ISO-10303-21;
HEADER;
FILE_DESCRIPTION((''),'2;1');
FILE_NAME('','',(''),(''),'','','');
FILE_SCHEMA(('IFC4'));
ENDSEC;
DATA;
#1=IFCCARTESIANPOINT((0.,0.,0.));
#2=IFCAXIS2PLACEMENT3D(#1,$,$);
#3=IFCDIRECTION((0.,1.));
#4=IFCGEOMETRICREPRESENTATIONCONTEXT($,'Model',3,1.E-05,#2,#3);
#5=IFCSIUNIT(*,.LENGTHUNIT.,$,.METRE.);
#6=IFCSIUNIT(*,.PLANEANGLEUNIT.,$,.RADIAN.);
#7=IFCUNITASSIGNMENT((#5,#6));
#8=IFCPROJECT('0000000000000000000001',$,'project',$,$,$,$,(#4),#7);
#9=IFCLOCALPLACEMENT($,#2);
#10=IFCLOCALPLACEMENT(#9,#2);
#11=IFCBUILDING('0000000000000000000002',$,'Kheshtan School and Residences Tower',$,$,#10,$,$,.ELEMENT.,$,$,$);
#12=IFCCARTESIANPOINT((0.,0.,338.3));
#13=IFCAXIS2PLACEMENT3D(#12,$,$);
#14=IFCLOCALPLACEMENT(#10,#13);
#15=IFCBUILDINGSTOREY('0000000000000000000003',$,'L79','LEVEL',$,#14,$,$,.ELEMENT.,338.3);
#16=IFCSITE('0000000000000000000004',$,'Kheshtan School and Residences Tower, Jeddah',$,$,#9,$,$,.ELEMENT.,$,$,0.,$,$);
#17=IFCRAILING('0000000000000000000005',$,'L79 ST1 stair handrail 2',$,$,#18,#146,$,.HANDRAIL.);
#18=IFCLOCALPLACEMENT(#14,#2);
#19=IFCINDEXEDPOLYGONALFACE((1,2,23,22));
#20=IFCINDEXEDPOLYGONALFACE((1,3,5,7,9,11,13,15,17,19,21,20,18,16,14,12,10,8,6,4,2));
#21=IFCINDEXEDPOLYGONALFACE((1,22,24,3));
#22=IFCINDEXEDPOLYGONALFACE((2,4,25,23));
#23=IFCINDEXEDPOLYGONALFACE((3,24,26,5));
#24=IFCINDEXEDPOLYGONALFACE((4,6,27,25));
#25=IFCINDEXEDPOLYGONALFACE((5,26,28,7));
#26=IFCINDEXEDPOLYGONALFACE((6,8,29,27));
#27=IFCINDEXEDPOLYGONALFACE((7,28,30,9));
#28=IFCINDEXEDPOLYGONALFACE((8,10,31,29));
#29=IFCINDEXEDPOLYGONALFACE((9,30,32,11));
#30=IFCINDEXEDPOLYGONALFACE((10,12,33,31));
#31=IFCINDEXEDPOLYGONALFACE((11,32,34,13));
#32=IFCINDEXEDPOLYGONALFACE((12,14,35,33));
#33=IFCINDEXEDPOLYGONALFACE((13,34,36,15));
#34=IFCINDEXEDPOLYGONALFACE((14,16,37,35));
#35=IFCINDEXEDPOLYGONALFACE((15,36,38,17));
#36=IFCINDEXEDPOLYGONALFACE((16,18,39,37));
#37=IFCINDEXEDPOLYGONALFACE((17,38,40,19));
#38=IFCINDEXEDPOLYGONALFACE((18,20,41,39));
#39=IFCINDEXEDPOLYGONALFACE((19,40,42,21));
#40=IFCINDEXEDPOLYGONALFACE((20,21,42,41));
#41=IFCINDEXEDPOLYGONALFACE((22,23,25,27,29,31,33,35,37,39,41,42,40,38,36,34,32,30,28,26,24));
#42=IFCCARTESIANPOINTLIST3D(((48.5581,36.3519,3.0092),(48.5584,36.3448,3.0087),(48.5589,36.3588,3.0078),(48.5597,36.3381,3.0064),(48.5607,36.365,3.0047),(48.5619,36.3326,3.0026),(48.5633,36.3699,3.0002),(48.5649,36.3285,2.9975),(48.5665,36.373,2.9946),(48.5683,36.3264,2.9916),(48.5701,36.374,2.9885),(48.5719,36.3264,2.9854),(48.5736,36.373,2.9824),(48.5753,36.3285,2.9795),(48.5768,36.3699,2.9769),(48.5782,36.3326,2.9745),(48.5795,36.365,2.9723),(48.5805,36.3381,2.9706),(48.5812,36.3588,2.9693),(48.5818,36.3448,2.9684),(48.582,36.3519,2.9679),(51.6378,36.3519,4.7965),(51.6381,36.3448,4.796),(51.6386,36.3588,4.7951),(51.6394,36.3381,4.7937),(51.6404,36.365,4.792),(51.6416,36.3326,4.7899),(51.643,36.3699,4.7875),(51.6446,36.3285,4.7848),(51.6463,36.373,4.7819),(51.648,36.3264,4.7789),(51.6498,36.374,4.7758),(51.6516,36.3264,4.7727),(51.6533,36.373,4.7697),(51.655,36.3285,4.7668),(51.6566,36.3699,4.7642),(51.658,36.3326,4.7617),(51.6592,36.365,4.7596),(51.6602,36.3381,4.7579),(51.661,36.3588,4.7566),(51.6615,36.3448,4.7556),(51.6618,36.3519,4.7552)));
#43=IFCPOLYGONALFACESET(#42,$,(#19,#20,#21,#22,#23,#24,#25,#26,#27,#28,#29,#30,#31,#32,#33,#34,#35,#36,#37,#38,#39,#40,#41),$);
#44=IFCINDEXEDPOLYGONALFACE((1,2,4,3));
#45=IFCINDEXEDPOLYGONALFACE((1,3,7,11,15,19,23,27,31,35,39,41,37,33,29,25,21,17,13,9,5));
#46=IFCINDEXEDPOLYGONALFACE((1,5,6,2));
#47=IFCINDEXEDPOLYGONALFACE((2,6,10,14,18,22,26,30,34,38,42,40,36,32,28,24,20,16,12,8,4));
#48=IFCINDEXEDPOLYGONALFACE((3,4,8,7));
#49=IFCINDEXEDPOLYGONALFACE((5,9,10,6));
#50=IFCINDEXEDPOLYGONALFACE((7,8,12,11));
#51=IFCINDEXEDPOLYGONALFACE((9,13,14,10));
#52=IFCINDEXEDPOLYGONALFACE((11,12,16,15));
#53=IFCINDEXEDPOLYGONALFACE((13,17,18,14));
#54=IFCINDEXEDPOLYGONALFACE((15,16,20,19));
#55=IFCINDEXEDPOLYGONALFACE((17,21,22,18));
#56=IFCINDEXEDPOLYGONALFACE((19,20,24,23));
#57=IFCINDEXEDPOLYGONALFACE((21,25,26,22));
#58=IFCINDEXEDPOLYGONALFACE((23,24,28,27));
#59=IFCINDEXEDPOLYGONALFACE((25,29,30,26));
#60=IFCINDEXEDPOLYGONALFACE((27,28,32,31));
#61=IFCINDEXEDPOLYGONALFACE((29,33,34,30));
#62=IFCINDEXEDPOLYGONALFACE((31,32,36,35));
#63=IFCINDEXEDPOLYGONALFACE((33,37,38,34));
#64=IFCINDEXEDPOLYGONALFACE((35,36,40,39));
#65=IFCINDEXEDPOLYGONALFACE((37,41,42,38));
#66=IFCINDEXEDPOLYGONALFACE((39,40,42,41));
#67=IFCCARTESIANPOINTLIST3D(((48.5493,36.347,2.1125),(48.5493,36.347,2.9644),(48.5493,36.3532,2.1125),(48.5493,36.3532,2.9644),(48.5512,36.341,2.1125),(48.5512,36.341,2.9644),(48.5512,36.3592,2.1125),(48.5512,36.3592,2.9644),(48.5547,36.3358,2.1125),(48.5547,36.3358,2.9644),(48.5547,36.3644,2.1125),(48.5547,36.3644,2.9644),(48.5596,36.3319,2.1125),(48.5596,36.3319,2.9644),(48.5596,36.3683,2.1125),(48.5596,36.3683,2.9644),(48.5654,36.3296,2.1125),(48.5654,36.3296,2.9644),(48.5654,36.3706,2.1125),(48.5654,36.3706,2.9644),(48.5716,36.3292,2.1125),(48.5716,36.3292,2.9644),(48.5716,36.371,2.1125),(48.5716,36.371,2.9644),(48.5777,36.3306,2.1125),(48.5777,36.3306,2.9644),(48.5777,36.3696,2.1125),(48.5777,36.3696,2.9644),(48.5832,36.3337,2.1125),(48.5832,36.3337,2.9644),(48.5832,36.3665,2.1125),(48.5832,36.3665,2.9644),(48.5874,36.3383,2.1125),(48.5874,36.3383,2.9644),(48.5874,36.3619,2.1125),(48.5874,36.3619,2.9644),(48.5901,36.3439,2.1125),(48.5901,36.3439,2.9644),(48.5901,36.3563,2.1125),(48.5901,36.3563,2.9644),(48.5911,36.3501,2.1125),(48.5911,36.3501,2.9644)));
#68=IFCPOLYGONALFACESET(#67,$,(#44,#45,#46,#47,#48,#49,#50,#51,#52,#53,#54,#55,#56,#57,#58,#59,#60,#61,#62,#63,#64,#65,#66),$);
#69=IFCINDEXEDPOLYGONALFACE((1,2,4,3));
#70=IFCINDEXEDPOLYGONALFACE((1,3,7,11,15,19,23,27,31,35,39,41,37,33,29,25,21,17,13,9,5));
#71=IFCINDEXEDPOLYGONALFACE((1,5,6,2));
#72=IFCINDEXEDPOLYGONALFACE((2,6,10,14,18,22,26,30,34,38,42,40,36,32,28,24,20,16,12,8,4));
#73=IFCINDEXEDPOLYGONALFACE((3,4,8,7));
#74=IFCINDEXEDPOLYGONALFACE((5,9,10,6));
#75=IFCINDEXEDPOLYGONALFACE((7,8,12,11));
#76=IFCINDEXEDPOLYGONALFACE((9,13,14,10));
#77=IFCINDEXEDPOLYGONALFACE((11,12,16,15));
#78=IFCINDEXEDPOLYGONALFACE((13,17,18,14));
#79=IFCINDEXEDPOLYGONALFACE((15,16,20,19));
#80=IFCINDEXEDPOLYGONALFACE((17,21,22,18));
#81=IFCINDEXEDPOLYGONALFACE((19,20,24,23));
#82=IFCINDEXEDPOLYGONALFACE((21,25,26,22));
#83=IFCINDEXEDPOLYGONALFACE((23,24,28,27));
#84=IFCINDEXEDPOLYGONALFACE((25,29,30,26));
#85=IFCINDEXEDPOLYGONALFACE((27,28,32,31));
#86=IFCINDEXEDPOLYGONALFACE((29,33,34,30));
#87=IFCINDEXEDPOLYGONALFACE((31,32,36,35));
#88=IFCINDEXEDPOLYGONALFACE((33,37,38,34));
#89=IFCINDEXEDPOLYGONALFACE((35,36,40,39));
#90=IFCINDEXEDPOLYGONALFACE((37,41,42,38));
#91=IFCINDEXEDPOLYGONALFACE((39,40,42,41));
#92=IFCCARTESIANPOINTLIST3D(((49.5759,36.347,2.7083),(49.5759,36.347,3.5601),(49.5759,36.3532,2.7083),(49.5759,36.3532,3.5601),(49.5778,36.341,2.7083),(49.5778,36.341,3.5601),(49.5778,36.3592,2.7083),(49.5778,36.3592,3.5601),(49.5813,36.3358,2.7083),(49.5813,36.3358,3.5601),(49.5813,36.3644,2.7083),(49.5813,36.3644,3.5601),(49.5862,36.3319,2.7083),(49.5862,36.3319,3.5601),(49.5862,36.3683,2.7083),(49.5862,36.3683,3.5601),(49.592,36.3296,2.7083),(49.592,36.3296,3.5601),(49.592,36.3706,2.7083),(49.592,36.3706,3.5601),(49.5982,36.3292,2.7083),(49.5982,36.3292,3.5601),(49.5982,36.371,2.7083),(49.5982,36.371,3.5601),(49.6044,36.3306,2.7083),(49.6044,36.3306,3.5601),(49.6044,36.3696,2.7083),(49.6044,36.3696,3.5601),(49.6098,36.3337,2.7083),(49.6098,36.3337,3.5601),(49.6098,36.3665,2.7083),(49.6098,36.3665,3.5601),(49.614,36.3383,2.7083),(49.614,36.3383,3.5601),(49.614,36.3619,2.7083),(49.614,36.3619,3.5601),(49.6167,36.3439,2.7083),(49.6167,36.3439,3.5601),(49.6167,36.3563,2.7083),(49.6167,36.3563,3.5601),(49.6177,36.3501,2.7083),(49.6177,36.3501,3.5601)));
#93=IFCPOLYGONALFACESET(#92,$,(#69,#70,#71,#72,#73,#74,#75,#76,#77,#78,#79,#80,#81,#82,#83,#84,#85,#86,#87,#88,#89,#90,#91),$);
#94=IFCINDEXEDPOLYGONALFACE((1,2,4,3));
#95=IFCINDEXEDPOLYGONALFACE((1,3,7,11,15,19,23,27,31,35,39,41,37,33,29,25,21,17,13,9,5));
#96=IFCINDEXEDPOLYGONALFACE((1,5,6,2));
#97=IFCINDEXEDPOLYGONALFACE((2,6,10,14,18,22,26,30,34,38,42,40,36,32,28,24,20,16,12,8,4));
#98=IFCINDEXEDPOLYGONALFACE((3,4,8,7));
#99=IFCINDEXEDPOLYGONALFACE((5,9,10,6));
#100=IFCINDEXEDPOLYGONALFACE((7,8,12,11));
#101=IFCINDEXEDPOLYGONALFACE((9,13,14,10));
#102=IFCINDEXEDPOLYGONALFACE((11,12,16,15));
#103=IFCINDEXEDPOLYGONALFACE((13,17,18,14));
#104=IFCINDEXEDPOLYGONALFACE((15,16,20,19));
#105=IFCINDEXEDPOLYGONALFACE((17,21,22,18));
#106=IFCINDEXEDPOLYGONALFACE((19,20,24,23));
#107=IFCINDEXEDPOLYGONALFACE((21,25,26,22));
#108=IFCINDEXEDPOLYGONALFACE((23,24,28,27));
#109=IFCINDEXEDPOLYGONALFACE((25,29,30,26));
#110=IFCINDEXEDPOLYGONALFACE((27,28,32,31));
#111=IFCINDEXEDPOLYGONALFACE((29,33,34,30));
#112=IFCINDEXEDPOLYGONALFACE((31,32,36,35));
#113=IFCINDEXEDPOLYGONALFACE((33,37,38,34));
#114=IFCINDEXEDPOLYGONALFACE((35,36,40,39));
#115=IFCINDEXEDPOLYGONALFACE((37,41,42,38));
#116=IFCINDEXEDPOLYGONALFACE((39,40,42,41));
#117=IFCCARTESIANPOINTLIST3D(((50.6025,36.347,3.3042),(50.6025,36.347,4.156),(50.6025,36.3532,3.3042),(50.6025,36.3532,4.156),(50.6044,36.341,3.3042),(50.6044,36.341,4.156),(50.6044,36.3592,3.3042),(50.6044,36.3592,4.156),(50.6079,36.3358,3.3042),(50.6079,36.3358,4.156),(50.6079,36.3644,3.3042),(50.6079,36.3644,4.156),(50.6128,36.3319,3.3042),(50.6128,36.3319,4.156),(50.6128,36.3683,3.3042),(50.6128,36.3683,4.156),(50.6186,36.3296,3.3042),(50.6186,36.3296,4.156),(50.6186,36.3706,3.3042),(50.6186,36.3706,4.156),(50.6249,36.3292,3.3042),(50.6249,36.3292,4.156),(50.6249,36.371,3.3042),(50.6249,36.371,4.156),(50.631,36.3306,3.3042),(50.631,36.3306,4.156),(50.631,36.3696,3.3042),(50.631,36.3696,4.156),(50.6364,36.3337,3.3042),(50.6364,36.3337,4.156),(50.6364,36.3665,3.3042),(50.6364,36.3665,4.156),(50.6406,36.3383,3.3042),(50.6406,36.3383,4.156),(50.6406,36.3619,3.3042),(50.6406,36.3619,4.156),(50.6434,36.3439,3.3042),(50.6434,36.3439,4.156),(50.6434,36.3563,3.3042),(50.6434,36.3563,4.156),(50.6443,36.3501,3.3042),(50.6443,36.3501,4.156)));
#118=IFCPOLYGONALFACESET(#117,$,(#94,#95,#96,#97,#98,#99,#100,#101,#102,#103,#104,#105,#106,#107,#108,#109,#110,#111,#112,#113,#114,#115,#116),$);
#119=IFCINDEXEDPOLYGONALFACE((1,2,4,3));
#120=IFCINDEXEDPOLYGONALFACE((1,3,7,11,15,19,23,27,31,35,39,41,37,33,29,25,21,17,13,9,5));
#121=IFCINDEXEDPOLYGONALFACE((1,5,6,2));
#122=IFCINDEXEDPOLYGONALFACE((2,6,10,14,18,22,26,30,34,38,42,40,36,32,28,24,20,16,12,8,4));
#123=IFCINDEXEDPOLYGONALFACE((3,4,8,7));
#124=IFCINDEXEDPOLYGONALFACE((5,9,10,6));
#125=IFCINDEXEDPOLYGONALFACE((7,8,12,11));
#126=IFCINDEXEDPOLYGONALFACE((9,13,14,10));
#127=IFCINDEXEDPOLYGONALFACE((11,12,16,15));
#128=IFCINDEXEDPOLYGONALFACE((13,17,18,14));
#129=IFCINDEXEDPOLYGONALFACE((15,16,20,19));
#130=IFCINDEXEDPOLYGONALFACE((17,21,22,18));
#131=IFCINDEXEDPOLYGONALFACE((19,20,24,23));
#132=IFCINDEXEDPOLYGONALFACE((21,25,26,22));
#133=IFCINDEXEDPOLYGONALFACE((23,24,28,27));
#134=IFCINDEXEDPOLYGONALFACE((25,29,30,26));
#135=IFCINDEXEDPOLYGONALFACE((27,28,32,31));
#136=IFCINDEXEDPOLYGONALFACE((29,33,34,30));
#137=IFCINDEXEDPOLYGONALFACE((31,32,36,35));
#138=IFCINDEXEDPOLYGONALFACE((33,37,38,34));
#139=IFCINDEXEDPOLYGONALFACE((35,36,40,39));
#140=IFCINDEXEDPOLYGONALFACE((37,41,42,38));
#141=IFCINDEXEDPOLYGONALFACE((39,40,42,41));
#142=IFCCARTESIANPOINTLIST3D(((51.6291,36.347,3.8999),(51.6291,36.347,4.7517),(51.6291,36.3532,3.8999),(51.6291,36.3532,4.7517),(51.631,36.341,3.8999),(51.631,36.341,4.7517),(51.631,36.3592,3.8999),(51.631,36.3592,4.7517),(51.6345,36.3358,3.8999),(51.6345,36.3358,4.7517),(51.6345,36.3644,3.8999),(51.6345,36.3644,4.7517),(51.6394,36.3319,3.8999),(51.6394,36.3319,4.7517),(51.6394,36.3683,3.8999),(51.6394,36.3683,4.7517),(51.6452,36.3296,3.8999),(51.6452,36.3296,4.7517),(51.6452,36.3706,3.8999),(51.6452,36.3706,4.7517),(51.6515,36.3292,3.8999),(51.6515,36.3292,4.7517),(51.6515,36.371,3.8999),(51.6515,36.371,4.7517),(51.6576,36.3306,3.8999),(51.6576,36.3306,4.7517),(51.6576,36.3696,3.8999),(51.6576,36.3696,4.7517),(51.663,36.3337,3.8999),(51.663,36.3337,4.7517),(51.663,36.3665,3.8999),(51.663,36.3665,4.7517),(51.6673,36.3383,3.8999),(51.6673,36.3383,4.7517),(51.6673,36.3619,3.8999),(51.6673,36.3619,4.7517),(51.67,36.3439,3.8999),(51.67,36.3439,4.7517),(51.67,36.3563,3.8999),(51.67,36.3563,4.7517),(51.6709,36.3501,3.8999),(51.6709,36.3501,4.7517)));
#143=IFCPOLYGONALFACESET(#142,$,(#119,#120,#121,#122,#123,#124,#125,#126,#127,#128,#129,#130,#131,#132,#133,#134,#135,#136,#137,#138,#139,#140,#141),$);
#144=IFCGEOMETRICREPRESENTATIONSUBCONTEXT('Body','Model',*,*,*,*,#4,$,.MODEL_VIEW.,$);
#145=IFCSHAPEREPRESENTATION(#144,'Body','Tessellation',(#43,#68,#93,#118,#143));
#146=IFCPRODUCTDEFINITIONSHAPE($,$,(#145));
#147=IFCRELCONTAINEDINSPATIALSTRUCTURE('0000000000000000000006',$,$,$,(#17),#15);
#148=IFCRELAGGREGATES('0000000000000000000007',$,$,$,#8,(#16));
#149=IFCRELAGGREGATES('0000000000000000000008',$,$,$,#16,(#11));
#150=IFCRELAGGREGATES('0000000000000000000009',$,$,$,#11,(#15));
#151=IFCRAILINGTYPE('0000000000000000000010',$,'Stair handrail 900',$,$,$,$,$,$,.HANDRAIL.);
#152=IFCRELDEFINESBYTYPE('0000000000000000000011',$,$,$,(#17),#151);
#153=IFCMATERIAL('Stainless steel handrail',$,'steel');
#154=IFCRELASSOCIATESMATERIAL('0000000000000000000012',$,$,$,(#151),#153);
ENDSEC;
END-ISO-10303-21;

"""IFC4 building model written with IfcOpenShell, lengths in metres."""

from ifc_helpers import new_model, si_unit, direction, frame, origin, origin_2d, place, context, subcontext, project, spatial, circle, extrude, material, type_object, element, save


model = new_model("IFC4")

# Units and contexts
model_context = context("Model", 3, precision=1e-05, world=origin(), true_north=direction((0.0, 1.0)))
body_context = subcontext(model_context, "Body", "Model", "MODEL_VIEW")
ifc_project = project(units=[si_unit("LENGTHUNIT", "METRE"), si_unit("PLANEANGLEUNIT", "RADIAN")], contexts=[model_context])

# Site, building, storey
site_placement = place(None, origin())
site = spatial("IfcSite", under=ifc_project, at=site_placement, Name="Kheshtan School and Residences Tower, Jeddah", CompositionType="ELEMENT", RefElevation=0.0)
building_placement = place(site_placement, origin())
building = spatial("IfcBuilding", under=site, at=building_placement, Name="Kheshtan School and Residences Tower", CompositionType="ELEMENT")
storey_placement = place(building_placement, frame((0.0, 0.0, 338.3)))
storey = spatial("IfcBuildingStorey", under=building, at=storey_placement, Name="L79", Description="LEVEL", CompositionType="ELEMENT", Elevation=338.3)

# Railing
ifc_material_1 = material(Name="Stainless steel handrail", Category="steel")
railing_type_1 = type_object("IfcRailingType", Name="Stair handrail 900", PredefinedType="HANDRAIL", material=ifc_material_1)
railing_1_placement = place(storey_placement, frame((48.5701, 36.3501, 2.1125)))
element("IfcRailing", 1, at=railing_1_placement, inside=storey, type_object=railing_type_1, Name="L79 ST1 stair handrail 2", PredefinedType="HANDRAIL", context=body_context, shape_type="SweptSolid", body=[
    extrude(circle(Radius=0.0239, at=origin_2d()), frame((0.0, 0.0, 0.876), z_axis=(0.864903, 0.0, 0.501939), x_axis=(0.0, 1.0, 0.0)), (0.0, 0.0, 1.0), 3.5608),
    extrude(circle(Radius=0.021, at=origin_2d()), origin(), (0.0, 0.0, 1.0), 0.8518),
    extrude(circle(Radius=0.021, at=origin_2d()), frame((1.0266, 0.0, 0.5957)), (0.0, 0.0, 1.0), 0.8518),
    extrude(circle(Radius=0.021, at=origin_2d()), frame((2.0532, 0.0, 1.1917)), (0.0, 0.0, 1.0), 0.8518),
    extrude(circle(Radius=0.021, at=origin_2d()), frame((3.0798, 0.0, 1.7874)), (0.0, 0.0, 1.0), 0.8518),
])

save(model, "model.ifc")
